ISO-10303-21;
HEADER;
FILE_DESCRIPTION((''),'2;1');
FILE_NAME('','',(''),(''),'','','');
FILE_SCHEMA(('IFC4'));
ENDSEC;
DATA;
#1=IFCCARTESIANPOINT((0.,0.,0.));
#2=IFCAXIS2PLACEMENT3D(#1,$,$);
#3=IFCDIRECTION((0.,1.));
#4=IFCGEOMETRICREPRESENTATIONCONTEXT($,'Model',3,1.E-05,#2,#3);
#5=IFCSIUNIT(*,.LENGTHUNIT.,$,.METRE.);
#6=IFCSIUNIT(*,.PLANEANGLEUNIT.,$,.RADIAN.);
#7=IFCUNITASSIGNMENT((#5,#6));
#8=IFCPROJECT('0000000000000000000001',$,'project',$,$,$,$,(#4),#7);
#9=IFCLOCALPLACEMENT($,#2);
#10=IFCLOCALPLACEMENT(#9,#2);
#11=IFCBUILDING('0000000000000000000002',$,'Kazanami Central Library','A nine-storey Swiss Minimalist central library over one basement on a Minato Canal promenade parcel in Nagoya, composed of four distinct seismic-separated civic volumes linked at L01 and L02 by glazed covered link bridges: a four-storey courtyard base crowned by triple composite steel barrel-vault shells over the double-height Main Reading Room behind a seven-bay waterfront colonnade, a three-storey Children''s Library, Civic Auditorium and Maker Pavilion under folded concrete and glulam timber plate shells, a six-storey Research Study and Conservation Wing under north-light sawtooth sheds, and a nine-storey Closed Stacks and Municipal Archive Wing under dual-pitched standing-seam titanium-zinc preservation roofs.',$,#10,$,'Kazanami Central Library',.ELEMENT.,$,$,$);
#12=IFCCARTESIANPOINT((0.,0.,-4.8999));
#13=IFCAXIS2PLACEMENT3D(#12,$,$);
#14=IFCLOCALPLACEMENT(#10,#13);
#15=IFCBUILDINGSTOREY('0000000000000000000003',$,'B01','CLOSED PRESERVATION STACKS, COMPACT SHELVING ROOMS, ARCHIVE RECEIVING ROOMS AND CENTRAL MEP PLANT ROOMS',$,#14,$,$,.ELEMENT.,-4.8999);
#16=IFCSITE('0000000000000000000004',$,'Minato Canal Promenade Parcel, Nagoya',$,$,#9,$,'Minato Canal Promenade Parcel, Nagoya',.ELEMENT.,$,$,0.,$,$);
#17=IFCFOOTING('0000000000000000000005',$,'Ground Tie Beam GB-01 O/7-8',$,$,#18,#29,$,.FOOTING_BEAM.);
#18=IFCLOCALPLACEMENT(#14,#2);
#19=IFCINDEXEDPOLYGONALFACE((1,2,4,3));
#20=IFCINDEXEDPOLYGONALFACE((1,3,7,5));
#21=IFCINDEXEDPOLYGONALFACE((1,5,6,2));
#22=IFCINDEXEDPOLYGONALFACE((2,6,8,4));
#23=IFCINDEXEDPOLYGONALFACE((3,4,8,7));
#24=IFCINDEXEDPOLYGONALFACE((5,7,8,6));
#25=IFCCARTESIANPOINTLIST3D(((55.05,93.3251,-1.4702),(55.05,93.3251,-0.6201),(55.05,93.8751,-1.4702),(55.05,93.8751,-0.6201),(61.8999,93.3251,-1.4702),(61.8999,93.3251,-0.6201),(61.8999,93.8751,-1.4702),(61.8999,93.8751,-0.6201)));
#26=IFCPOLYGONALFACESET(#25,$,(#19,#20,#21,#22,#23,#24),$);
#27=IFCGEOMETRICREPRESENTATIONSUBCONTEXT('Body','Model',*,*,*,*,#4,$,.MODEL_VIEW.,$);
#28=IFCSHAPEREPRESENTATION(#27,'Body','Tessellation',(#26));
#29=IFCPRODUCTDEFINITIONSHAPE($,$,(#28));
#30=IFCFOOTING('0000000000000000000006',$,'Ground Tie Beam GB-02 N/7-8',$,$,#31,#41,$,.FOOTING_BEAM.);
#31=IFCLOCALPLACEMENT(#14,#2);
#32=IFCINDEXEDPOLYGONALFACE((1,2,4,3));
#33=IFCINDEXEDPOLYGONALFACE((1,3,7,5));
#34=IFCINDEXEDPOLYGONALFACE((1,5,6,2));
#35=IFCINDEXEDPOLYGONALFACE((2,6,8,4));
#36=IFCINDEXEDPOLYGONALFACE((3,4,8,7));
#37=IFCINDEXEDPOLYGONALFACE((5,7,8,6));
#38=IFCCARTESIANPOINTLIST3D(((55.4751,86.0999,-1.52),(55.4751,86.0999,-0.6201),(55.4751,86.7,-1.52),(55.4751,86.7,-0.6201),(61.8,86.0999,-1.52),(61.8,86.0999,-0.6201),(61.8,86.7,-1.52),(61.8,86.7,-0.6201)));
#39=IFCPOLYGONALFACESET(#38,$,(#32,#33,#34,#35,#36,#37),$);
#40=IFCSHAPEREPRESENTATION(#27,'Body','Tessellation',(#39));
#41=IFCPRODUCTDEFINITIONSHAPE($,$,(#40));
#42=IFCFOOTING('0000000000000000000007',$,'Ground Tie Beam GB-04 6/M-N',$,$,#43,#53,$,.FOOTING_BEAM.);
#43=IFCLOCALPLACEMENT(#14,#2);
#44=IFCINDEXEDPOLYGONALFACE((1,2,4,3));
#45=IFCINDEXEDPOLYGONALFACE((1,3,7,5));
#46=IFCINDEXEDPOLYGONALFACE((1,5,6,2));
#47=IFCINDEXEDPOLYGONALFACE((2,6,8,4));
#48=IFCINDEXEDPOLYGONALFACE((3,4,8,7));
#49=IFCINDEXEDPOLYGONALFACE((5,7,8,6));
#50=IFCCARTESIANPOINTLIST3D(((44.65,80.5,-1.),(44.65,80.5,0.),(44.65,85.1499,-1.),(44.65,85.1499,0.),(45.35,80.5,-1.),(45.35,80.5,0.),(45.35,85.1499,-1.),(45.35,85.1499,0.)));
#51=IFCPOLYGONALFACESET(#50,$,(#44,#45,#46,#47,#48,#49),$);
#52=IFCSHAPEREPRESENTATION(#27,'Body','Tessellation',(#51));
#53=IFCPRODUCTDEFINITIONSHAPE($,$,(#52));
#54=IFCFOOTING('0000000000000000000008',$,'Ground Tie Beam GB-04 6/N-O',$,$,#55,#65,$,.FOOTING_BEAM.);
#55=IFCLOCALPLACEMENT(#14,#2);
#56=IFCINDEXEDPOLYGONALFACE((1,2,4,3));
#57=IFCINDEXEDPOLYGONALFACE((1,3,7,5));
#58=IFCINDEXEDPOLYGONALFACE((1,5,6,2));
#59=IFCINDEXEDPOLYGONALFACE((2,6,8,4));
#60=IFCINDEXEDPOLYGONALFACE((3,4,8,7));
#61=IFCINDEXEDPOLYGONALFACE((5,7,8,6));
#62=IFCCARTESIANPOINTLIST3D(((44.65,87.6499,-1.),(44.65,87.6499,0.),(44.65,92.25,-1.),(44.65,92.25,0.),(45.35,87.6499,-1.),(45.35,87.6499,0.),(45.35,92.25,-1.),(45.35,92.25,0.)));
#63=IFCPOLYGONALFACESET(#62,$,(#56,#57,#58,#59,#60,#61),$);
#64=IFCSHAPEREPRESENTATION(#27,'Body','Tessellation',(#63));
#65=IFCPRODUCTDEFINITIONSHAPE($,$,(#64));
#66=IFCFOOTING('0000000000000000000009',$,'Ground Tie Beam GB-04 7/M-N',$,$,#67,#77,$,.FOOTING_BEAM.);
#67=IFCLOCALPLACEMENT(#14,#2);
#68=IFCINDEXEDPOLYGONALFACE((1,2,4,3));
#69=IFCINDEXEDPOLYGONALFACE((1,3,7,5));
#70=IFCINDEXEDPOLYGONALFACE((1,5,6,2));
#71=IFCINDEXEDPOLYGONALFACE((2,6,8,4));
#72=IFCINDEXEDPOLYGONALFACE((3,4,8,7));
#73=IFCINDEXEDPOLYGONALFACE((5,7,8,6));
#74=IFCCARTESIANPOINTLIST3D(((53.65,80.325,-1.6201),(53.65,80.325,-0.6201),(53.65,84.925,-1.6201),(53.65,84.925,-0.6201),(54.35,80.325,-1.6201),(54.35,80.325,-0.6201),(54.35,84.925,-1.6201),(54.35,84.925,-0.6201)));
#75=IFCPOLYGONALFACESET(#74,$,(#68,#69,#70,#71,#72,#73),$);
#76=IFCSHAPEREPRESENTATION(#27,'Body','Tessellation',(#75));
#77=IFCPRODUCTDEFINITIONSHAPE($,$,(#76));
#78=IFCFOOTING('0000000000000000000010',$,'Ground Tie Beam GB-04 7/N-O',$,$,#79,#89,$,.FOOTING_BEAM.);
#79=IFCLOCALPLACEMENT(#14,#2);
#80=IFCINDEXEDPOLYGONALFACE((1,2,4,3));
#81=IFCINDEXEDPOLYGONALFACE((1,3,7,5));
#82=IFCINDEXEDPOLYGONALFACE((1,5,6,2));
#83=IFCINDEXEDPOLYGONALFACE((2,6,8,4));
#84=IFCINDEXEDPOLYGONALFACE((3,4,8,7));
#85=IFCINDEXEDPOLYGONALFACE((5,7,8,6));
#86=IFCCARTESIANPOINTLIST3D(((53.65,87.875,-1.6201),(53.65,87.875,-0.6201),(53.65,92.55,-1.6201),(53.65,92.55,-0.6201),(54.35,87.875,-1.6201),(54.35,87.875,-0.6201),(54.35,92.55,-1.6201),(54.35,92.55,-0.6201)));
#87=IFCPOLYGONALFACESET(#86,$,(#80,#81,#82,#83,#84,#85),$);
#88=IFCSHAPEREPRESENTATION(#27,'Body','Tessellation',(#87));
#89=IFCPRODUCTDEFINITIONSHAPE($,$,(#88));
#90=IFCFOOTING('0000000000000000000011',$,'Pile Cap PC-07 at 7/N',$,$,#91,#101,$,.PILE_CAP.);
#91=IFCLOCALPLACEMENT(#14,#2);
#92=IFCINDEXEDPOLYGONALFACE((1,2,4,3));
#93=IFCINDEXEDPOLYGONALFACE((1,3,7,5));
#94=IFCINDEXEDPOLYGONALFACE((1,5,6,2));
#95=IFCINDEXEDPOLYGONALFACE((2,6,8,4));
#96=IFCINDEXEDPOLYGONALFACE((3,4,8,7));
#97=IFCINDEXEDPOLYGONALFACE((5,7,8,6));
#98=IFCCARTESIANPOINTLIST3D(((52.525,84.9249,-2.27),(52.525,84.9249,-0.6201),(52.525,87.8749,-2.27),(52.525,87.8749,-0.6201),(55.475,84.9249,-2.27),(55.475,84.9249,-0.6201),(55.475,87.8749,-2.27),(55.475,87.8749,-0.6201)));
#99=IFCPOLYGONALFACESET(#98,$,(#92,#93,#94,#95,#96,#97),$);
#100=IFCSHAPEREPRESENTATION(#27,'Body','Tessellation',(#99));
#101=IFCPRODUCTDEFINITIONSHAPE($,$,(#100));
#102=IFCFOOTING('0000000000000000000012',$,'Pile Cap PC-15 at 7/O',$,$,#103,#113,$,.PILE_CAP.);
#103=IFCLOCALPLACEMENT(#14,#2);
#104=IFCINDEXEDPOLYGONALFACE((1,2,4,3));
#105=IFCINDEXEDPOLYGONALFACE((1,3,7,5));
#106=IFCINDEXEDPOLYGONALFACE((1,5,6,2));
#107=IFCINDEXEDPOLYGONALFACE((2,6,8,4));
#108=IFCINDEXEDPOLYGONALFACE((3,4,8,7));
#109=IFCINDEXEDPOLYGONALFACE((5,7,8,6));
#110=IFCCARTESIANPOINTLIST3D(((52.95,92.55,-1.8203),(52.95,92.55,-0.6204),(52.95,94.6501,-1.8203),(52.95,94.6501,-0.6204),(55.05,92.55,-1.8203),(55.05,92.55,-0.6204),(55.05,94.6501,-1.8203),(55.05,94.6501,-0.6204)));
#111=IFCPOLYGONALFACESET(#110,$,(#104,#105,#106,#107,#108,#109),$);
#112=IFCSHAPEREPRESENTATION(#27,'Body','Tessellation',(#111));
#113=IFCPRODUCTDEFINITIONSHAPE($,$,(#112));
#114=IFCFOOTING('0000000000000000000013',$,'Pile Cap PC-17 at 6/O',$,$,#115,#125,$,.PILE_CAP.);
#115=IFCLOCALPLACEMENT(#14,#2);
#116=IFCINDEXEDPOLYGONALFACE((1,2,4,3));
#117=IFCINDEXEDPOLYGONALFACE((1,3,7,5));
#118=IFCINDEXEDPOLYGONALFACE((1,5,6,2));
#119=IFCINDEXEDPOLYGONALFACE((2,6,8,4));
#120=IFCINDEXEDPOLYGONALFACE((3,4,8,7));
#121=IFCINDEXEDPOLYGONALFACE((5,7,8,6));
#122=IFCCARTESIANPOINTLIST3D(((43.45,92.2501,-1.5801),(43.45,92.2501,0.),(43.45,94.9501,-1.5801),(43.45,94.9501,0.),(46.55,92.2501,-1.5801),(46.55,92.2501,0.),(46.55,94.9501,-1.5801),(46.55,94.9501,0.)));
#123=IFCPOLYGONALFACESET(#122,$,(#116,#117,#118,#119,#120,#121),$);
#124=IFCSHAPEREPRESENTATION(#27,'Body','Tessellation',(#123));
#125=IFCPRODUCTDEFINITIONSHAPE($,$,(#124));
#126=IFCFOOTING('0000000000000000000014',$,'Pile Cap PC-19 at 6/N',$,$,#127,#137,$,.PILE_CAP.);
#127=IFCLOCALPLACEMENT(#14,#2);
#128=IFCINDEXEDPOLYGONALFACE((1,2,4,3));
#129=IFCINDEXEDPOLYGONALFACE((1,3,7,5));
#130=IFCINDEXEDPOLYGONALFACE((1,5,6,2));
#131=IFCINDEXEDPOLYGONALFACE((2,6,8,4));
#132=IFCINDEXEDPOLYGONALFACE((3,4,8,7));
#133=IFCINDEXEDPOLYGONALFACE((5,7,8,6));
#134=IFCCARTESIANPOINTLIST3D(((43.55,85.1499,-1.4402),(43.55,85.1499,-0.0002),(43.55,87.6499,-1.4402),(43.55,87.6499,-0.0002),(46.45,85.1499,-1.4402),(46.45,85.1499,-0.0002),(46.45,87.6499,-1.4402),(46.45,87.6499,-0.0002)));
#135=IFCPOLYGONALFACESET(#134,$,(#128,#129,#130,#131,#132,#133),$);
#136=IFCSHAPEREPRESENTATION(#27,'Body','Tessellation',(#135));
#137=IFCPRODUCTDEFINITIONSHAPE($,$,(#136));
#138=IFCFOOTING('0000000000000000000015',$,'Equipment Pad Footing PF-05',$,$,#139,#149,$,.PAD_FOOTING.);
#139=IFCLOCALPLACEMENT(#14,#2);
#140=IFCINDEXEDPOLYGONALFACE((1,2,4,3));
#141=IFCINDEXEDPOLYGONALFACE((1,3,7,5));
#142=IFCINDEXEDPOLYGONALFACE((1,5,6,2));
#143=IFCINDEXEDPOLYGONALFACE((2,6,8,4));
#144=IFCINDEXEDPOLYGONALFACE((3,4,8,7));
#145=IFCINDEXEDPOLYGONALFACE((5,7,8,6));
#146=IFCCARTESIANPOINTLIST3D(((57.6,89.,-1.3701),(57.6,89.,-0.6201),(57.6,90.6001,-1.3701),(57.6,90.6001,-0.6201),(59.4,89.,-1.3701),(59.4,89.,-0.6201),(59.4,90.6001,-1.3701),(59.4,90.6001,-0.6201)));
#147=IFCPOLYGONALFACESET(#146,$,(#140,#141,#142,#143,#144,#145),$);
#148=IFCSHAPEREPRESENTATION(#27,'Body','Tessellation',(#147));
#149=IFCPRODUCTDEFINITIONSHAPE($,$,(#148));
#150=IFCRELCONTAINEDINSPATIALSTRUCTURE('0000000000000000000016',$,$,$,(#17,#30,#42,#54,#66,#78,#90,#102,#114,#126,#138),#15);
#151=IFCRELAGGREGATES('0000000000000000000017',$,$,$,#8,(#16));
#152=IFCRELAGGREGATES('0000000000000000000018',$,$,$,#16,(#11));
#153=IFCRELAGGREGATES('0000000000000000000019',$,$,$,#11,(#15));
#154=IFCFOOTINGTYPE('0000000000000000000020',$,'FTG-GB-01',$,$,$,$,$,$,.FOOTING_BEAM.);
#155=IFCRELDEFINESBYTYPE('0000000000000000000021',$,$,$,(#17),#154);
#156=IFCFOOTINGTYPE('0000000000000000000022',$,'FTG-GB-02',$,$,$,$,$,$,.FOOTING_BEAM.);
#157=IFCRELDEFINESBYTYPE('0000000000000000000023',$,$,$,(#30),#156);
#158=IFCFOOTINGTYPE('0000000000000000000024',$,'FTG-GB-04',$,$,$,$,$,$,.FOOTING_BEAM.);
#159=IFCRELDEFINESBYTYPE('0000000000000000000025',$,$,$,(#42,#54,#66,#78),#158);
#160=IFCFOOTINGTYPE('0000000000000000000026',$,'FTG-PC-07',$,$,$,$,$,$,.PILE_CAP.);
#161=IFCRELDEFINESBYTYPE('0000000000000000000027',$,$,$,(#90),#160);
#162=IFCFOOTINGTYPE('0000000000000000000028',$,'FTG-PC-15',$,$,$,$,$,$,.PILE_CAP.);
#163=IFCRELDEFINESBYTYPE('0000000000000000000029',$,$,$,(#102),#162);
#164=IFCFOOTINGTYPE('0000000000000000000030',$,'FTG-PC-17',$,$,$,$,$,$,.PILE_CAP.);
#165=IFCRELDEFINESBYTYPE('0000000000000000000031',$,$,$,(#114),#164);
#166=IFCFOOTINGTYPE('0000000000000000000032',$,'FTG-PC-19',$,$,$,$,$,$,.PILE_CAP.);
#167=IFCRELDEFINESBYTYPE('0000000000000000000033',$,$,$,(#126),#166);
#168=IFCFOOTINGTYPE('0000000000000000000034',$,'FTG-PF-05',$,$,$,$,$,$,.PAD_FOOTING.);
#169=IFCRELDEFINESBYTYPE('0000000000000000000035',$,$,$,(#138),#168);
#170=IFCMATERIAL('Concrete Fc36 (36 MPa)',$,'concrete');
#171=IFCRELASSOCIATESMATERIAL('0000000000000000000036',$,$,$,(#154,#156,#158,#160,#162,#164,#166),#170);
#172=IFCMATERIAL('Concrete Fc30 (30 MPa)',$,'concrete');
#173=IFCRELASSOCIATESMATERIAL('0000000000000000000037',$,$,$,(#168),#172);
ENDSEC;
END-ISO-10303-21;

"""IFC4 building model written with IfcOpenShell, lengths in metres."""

from ifc_helpers import new_model, si_unit, direction, frame, origin, origin_2d, place, context, subcontext, project, spatial, rectangle, extrude, material, material_profile, profile_set, type_object, element, save


model = new_model("IFC4")

# Units and contexts
model_context = context("Model", 3, precision=1e-05, world=origin(), true_north=direction((0.0, 1.0)))
body_context = subcontext(model_context, "Body", "Model", "MODEL_VIEW")
ifc_project = project(units=[si_unit("LENGTHUNIT", "METRE"), si_unit("PLANEANGLEUNIT", "RADIAN")], contexts=[model_context])

# Site, building, storey
site_placement = place(None, origin())
site = spatial("IfcSite", under=ifc_project, at=site_placement, Name="Minato Canal Promenade Parcel, Nagoya", LongName="Minato Canal Promenade Parcel, Nagoya", CompositionType="ELEMENT", RefElevation=0.0)
building_placement = place(site_placement, origin())
building = spatial("IfcBuilding", under=site, at=building_placement, Name="Kazanami Central Library", Description="A nine-storey Swiss Minimalist central library over one basement on a Minato Canal promenade parcel in Nagoya, composed of four distinct seismic-separated civic volumes linked at L01 and L02 by glazed covered link bridges: a four-storey courtyard base crowned by triple composite steel barrel-vault shells over the double-height Main Reading Room behind a seven-bay waterfront colonnade, a three-storey Children's Library, Civic Auditorium and Maker Pavilion under folded concrete and glulam timber plate shells, a six-storey Research Study and Conservation Wing under north-light sawtooth sheds, and a nine-storey Closed Stacks and Municipal Archive Wing under dual-pitched standing-seam titanium-zinc preservation roofs.", LongName="Kazanami Central Library", CompositionType="ELEMENT")
storey_placement = place(building_placement, frame((0.0, 0.0, -4.8999)))
storey = spatial("IfcBuildingStorey", under=building, at=storey_placement, Name="B01", Description="CLOSED PRESERVATION STACKS, COMPACT SHELVING ROOMS, ARCHIVE RECEIVING ROOMS AND CENTRAL MEP PLANT ROOMS", CompositionType="ELEMENT", Elevation=-4.8999)

# Footings
ifc_material_1 = material(Name="Concrete Fc36 (36 MPa)", Category="concrete")
ifc_material_profile_1 = material_profile(ifc_material_1, rectangle(XDim=0.55, YDim=0.8501, at=origin_2d()), Name="RC-550x850")
ifc_profile_set_1 = profile_set([ifc_material_profile_1], Name="Concrete Fc36 (36 MPa)")
footing_type_1 = type_object("IfcFootingType", Name="FTG-GB-01", PredefinedType="FOOTING_BEAM", material=ifc_profile_set_1)
footing_1_placement = place(storey_placement, frame((55.05, 93.6001, -1.0452), z_axis=(1.0, 0.0, 0.0), x_axis=(0.0, 1.0, 0.0)))
element("IfcFooting", 1, at=footing_1_placement, inside=storey, type_object=footing_type_1, Name="Ground Tie Beam GB-01 O/7-8", PredefinedType="FOOTING_BEAM", context=body_context, shape_type="SweptSolid", body=[
    extrude(rectangle(XDim=0.55, YDim=0.8501, at=origin_2d()), origin(), (0.0, 0.0, 1.0), 6.8499),
])
ifc_material_profile_2 = material_profile(ifc_material_1, rectangle(XDim=0.6001, YDim=0.8999, at=origin_2d()), Name="RC-600x900")
ifc_profile_set_2 = profile_set([ifc_material_profile_2], Name="Concrete Fc36 (36 MPa)")
footing_type_2 = type_object("IfcFootingType", Name="FTG-GB-02", PredefinedType="FOOTING_BEAM", material=ifc_profile_set_2)
footing_2_placement = place(storey_placement, frame((55.4751, 86.3999, -1.0701), z_axis=(1.0, 0.0, 0.0), x_axis=(0.0, 1.0, 0.0)))
element("IfcFooting", 2, at=footing_2_placement, inside=storey, type_object=footing_type_2, Name="Ground Tie Beam GB-02 N/7-8", PredefinedType="FOOTING_BEAM", context=body_context, shape_type="SweptSolid", body=[
    extrude(rectangle(XDim=0.6001, YDim=0.8999, at=origin_2d()), origin(), (0.0, 0.0, 1.0), 6.325),
])
ifc_material_profile_3 = material_profile(ifc_material_1, rectangle(XDim=0.7, YDim=1.0, at=origin_2d()), Name="RC-700x1000")
ifc_profile_set_3 = profile_set([ifc_material_profile_3], Name="Concrete Fc36 (36 MPa)")
footing_type_3 = type_object("IfcFootingType", Name="FTG-GB-04", PredefinedType="FOOTING_BEAM", material=ifc_profile_set_3)
footing_3_placement = place(storey_placement, frame((45.0, 80.5, -0.5), z_axis=(0.0, 1.0, 0.0), x_axis=(-1.0, 0.0, 0.0)))
element("IfcFooting", 3, at=footing_3_placement, inside=storey, type_object=footing_type_3, Name="Ground Tie Beam GB-04 6/M-N", PredefinedType="FOOTING_BEAM", context=body_context, shape_type="SweptSolid", body=[
    extrude(rectangle(XDim=0.7, YDim=1.0, at=origin_2d()), origin(), (0.0, 0.0, 1.0), 4.6499),
])
for number, where, z_axis, x_axis, name in (
    (4, (45.0, 87.6499, -0.5), (0.0, 1.0, 0.0), (-1.0, 0.0, 0.0), "Ground Tie Beam GB-04 6/N-O"),
    (5, (54.0, 80.325, -1.1201), (0.0, 1.0, 0.0), (-1.0, 0.0, 0.0), "Ground Tie Beam GB-04 7/M-N"),
):
    element("IfcFooting", number, at=place(storey_placement, frame(where, z_axis=z_axis, x_axis=x_axis)), inside=storey, type_object=footing_type_3, Name=name, PredefinedType="FOOTING_BEAM", context=body_context, shape_type="SweptSolid", body=[
        extrude(rectangle(XDim=0.7, YDim=1.0, at=origin_2d()), origin(), (0.0, 0.0, 1.0), 4.6001),
    ])
footing_4_placement = place(storey_placement, frame((54.0, 87.875, -1.1201), z_axis=(0.0, 1.0, 0.0), x_axis=(-1.0, 0.0, 0.0)))
element("IfcFooting", 6, at=footing_4_placement, inside=storey, type_object=footing_type_3, Name="Ground Tie Beam GB-04 7/N-O", PredefinedType="FOOTING_BEAM", context=body_context, shape_type="SweptSolid", body=[
    extrude(rectangle(XDim=0.7, YDim=1.0, at=origin_2d()), origin(), (0.0, 0.0, 1.0), 4.675),
])
footing_type_4 = type_object("IfcFootingType", Name="FTG-PC-07", PredefinedType="PILE_CAP", material=ifc_material_1)
footing_5_placement = place(storey_placement, frame((54.0, 86.3999, -2.27), z_axis=(0.0, 0.0, 1.0), x_axis=(1.0, 0.0, 0.0)))
element("IfcFooting", 7, at=footing_5_placement, inside=storey, type_object=footing_type_4, Name="Pile Cap PC-07 at 7/N", PredefinedType="PILE_CAP", context=body_context, shape_type="SweptSolid", body=[
    extrude(rectangle(XDim=2.95, YDim=2.95, at=origin_2d()), origin(), (0.0, 0.0, 1.0), 1.6499),
])
footing_type_5 = type_object("IfcFootingType", Name="FTG-PC-15", PredefinedType="PILE_CAP", material=ifc_material_1)
footing_6_placement = place(storey_placement, frame((54.0, 93.6001, -1.8203), z_axis=(0.0, 0.0, 1.0), x_axis=(1.0, 0.0, 0.0)))
element("IfcFooting", 8, at=footing_6_placement, inside=storey, type_object=footing_type_5, Name="Pile Cap PC-15 at 7/O", PredefinedType="PILE_CAP", context=body_context, shape_type="SweptSolid", body=[
    extrude(rectangle(XDim=2.1001, YDim=2.1001, at=origin_2d()), origin(), (0.0, 0.0, 1.0), 1.2),
])
footing_type_6 = type_object("IfcFootingType", Name="FTG-PC-17", PredefinedType="PILE_CAP", material=ifc_material_1)
footing_7_placement = place(storey_placement, frame((45.0, 93.6001, -1.5801), z_axis=(0.0, 0.0, 1.0), x_axis=(1.0, 0.0, 0.0)))
element("IfcFooting", 9, at=footing_7_placement, inside=storey, type_object=footing_type_6, Name="Pile Cap PC-17 at 6/O", PredefinedType="PILE_CAP", context=body_context, shape_type="SweptSolid", body=[
    extrude(rectangle(XDim=3.1001, YDim=2.7, at=origin_2d()), origin(), (0.0, 0.0, 1.0), 1.5801),
])
footing_type_7 = type_object("IfcFootingType", Name="FTG-PC-19", PredefinedType="PILE_CAP", material=ifc_material_1)
footing_8_placement = place(storey_placement, frame((45.0, 86.3999, -1.4402), z_axis=(0.0, 0.0, 1.0), x_axis=(1.0, 0.0, 0.0)))
element("IfcFooting", 10, at=footing_8_placement, inside=storey, type_object=footing_type_7, Name="Pile Cap PC-19 at 6/N", PredefinedType="PILE_CAP", context=body_context, shape_type="SweptSolid", body=[
    extrude(rectangle(XDim=2.8999, YDim=2.5, at=origin_2d()), origin(), (0.0, 0.0, 1.0), 1.4399),
])
ifc_material_2 = material(Name="Concrete Fc30 (30 MPa)", Category="concrete")
footing_type_8 = type_object("IfcFootingType", Name="FTG-PF-05", PredefinedType="PAD_FOOTING", material=ifc_material_2)
footing_9_placement = place(storey_placement, frame((58.5, 89.8, -1.3701), z_axis=(0.0, 0.0, 1.0), x_axis=(1.0, 0.0, 0.0)))
element("IfcFooting", 11, at=footing_9_placement, inside=storey, type_object=footing_type_8, Name="Equipment Pad Footing PF-05", PredefinedType="PAD_FOOTING", context=body_context, shape_type="SweptSolid", body=[
    extrude(rectangle(XDim=1.8, YDim=1.6001, at=origin_2d()), origin(), (0.0, 0.0, 1.0), 0.75),
])

save(model, "model.ifc")
